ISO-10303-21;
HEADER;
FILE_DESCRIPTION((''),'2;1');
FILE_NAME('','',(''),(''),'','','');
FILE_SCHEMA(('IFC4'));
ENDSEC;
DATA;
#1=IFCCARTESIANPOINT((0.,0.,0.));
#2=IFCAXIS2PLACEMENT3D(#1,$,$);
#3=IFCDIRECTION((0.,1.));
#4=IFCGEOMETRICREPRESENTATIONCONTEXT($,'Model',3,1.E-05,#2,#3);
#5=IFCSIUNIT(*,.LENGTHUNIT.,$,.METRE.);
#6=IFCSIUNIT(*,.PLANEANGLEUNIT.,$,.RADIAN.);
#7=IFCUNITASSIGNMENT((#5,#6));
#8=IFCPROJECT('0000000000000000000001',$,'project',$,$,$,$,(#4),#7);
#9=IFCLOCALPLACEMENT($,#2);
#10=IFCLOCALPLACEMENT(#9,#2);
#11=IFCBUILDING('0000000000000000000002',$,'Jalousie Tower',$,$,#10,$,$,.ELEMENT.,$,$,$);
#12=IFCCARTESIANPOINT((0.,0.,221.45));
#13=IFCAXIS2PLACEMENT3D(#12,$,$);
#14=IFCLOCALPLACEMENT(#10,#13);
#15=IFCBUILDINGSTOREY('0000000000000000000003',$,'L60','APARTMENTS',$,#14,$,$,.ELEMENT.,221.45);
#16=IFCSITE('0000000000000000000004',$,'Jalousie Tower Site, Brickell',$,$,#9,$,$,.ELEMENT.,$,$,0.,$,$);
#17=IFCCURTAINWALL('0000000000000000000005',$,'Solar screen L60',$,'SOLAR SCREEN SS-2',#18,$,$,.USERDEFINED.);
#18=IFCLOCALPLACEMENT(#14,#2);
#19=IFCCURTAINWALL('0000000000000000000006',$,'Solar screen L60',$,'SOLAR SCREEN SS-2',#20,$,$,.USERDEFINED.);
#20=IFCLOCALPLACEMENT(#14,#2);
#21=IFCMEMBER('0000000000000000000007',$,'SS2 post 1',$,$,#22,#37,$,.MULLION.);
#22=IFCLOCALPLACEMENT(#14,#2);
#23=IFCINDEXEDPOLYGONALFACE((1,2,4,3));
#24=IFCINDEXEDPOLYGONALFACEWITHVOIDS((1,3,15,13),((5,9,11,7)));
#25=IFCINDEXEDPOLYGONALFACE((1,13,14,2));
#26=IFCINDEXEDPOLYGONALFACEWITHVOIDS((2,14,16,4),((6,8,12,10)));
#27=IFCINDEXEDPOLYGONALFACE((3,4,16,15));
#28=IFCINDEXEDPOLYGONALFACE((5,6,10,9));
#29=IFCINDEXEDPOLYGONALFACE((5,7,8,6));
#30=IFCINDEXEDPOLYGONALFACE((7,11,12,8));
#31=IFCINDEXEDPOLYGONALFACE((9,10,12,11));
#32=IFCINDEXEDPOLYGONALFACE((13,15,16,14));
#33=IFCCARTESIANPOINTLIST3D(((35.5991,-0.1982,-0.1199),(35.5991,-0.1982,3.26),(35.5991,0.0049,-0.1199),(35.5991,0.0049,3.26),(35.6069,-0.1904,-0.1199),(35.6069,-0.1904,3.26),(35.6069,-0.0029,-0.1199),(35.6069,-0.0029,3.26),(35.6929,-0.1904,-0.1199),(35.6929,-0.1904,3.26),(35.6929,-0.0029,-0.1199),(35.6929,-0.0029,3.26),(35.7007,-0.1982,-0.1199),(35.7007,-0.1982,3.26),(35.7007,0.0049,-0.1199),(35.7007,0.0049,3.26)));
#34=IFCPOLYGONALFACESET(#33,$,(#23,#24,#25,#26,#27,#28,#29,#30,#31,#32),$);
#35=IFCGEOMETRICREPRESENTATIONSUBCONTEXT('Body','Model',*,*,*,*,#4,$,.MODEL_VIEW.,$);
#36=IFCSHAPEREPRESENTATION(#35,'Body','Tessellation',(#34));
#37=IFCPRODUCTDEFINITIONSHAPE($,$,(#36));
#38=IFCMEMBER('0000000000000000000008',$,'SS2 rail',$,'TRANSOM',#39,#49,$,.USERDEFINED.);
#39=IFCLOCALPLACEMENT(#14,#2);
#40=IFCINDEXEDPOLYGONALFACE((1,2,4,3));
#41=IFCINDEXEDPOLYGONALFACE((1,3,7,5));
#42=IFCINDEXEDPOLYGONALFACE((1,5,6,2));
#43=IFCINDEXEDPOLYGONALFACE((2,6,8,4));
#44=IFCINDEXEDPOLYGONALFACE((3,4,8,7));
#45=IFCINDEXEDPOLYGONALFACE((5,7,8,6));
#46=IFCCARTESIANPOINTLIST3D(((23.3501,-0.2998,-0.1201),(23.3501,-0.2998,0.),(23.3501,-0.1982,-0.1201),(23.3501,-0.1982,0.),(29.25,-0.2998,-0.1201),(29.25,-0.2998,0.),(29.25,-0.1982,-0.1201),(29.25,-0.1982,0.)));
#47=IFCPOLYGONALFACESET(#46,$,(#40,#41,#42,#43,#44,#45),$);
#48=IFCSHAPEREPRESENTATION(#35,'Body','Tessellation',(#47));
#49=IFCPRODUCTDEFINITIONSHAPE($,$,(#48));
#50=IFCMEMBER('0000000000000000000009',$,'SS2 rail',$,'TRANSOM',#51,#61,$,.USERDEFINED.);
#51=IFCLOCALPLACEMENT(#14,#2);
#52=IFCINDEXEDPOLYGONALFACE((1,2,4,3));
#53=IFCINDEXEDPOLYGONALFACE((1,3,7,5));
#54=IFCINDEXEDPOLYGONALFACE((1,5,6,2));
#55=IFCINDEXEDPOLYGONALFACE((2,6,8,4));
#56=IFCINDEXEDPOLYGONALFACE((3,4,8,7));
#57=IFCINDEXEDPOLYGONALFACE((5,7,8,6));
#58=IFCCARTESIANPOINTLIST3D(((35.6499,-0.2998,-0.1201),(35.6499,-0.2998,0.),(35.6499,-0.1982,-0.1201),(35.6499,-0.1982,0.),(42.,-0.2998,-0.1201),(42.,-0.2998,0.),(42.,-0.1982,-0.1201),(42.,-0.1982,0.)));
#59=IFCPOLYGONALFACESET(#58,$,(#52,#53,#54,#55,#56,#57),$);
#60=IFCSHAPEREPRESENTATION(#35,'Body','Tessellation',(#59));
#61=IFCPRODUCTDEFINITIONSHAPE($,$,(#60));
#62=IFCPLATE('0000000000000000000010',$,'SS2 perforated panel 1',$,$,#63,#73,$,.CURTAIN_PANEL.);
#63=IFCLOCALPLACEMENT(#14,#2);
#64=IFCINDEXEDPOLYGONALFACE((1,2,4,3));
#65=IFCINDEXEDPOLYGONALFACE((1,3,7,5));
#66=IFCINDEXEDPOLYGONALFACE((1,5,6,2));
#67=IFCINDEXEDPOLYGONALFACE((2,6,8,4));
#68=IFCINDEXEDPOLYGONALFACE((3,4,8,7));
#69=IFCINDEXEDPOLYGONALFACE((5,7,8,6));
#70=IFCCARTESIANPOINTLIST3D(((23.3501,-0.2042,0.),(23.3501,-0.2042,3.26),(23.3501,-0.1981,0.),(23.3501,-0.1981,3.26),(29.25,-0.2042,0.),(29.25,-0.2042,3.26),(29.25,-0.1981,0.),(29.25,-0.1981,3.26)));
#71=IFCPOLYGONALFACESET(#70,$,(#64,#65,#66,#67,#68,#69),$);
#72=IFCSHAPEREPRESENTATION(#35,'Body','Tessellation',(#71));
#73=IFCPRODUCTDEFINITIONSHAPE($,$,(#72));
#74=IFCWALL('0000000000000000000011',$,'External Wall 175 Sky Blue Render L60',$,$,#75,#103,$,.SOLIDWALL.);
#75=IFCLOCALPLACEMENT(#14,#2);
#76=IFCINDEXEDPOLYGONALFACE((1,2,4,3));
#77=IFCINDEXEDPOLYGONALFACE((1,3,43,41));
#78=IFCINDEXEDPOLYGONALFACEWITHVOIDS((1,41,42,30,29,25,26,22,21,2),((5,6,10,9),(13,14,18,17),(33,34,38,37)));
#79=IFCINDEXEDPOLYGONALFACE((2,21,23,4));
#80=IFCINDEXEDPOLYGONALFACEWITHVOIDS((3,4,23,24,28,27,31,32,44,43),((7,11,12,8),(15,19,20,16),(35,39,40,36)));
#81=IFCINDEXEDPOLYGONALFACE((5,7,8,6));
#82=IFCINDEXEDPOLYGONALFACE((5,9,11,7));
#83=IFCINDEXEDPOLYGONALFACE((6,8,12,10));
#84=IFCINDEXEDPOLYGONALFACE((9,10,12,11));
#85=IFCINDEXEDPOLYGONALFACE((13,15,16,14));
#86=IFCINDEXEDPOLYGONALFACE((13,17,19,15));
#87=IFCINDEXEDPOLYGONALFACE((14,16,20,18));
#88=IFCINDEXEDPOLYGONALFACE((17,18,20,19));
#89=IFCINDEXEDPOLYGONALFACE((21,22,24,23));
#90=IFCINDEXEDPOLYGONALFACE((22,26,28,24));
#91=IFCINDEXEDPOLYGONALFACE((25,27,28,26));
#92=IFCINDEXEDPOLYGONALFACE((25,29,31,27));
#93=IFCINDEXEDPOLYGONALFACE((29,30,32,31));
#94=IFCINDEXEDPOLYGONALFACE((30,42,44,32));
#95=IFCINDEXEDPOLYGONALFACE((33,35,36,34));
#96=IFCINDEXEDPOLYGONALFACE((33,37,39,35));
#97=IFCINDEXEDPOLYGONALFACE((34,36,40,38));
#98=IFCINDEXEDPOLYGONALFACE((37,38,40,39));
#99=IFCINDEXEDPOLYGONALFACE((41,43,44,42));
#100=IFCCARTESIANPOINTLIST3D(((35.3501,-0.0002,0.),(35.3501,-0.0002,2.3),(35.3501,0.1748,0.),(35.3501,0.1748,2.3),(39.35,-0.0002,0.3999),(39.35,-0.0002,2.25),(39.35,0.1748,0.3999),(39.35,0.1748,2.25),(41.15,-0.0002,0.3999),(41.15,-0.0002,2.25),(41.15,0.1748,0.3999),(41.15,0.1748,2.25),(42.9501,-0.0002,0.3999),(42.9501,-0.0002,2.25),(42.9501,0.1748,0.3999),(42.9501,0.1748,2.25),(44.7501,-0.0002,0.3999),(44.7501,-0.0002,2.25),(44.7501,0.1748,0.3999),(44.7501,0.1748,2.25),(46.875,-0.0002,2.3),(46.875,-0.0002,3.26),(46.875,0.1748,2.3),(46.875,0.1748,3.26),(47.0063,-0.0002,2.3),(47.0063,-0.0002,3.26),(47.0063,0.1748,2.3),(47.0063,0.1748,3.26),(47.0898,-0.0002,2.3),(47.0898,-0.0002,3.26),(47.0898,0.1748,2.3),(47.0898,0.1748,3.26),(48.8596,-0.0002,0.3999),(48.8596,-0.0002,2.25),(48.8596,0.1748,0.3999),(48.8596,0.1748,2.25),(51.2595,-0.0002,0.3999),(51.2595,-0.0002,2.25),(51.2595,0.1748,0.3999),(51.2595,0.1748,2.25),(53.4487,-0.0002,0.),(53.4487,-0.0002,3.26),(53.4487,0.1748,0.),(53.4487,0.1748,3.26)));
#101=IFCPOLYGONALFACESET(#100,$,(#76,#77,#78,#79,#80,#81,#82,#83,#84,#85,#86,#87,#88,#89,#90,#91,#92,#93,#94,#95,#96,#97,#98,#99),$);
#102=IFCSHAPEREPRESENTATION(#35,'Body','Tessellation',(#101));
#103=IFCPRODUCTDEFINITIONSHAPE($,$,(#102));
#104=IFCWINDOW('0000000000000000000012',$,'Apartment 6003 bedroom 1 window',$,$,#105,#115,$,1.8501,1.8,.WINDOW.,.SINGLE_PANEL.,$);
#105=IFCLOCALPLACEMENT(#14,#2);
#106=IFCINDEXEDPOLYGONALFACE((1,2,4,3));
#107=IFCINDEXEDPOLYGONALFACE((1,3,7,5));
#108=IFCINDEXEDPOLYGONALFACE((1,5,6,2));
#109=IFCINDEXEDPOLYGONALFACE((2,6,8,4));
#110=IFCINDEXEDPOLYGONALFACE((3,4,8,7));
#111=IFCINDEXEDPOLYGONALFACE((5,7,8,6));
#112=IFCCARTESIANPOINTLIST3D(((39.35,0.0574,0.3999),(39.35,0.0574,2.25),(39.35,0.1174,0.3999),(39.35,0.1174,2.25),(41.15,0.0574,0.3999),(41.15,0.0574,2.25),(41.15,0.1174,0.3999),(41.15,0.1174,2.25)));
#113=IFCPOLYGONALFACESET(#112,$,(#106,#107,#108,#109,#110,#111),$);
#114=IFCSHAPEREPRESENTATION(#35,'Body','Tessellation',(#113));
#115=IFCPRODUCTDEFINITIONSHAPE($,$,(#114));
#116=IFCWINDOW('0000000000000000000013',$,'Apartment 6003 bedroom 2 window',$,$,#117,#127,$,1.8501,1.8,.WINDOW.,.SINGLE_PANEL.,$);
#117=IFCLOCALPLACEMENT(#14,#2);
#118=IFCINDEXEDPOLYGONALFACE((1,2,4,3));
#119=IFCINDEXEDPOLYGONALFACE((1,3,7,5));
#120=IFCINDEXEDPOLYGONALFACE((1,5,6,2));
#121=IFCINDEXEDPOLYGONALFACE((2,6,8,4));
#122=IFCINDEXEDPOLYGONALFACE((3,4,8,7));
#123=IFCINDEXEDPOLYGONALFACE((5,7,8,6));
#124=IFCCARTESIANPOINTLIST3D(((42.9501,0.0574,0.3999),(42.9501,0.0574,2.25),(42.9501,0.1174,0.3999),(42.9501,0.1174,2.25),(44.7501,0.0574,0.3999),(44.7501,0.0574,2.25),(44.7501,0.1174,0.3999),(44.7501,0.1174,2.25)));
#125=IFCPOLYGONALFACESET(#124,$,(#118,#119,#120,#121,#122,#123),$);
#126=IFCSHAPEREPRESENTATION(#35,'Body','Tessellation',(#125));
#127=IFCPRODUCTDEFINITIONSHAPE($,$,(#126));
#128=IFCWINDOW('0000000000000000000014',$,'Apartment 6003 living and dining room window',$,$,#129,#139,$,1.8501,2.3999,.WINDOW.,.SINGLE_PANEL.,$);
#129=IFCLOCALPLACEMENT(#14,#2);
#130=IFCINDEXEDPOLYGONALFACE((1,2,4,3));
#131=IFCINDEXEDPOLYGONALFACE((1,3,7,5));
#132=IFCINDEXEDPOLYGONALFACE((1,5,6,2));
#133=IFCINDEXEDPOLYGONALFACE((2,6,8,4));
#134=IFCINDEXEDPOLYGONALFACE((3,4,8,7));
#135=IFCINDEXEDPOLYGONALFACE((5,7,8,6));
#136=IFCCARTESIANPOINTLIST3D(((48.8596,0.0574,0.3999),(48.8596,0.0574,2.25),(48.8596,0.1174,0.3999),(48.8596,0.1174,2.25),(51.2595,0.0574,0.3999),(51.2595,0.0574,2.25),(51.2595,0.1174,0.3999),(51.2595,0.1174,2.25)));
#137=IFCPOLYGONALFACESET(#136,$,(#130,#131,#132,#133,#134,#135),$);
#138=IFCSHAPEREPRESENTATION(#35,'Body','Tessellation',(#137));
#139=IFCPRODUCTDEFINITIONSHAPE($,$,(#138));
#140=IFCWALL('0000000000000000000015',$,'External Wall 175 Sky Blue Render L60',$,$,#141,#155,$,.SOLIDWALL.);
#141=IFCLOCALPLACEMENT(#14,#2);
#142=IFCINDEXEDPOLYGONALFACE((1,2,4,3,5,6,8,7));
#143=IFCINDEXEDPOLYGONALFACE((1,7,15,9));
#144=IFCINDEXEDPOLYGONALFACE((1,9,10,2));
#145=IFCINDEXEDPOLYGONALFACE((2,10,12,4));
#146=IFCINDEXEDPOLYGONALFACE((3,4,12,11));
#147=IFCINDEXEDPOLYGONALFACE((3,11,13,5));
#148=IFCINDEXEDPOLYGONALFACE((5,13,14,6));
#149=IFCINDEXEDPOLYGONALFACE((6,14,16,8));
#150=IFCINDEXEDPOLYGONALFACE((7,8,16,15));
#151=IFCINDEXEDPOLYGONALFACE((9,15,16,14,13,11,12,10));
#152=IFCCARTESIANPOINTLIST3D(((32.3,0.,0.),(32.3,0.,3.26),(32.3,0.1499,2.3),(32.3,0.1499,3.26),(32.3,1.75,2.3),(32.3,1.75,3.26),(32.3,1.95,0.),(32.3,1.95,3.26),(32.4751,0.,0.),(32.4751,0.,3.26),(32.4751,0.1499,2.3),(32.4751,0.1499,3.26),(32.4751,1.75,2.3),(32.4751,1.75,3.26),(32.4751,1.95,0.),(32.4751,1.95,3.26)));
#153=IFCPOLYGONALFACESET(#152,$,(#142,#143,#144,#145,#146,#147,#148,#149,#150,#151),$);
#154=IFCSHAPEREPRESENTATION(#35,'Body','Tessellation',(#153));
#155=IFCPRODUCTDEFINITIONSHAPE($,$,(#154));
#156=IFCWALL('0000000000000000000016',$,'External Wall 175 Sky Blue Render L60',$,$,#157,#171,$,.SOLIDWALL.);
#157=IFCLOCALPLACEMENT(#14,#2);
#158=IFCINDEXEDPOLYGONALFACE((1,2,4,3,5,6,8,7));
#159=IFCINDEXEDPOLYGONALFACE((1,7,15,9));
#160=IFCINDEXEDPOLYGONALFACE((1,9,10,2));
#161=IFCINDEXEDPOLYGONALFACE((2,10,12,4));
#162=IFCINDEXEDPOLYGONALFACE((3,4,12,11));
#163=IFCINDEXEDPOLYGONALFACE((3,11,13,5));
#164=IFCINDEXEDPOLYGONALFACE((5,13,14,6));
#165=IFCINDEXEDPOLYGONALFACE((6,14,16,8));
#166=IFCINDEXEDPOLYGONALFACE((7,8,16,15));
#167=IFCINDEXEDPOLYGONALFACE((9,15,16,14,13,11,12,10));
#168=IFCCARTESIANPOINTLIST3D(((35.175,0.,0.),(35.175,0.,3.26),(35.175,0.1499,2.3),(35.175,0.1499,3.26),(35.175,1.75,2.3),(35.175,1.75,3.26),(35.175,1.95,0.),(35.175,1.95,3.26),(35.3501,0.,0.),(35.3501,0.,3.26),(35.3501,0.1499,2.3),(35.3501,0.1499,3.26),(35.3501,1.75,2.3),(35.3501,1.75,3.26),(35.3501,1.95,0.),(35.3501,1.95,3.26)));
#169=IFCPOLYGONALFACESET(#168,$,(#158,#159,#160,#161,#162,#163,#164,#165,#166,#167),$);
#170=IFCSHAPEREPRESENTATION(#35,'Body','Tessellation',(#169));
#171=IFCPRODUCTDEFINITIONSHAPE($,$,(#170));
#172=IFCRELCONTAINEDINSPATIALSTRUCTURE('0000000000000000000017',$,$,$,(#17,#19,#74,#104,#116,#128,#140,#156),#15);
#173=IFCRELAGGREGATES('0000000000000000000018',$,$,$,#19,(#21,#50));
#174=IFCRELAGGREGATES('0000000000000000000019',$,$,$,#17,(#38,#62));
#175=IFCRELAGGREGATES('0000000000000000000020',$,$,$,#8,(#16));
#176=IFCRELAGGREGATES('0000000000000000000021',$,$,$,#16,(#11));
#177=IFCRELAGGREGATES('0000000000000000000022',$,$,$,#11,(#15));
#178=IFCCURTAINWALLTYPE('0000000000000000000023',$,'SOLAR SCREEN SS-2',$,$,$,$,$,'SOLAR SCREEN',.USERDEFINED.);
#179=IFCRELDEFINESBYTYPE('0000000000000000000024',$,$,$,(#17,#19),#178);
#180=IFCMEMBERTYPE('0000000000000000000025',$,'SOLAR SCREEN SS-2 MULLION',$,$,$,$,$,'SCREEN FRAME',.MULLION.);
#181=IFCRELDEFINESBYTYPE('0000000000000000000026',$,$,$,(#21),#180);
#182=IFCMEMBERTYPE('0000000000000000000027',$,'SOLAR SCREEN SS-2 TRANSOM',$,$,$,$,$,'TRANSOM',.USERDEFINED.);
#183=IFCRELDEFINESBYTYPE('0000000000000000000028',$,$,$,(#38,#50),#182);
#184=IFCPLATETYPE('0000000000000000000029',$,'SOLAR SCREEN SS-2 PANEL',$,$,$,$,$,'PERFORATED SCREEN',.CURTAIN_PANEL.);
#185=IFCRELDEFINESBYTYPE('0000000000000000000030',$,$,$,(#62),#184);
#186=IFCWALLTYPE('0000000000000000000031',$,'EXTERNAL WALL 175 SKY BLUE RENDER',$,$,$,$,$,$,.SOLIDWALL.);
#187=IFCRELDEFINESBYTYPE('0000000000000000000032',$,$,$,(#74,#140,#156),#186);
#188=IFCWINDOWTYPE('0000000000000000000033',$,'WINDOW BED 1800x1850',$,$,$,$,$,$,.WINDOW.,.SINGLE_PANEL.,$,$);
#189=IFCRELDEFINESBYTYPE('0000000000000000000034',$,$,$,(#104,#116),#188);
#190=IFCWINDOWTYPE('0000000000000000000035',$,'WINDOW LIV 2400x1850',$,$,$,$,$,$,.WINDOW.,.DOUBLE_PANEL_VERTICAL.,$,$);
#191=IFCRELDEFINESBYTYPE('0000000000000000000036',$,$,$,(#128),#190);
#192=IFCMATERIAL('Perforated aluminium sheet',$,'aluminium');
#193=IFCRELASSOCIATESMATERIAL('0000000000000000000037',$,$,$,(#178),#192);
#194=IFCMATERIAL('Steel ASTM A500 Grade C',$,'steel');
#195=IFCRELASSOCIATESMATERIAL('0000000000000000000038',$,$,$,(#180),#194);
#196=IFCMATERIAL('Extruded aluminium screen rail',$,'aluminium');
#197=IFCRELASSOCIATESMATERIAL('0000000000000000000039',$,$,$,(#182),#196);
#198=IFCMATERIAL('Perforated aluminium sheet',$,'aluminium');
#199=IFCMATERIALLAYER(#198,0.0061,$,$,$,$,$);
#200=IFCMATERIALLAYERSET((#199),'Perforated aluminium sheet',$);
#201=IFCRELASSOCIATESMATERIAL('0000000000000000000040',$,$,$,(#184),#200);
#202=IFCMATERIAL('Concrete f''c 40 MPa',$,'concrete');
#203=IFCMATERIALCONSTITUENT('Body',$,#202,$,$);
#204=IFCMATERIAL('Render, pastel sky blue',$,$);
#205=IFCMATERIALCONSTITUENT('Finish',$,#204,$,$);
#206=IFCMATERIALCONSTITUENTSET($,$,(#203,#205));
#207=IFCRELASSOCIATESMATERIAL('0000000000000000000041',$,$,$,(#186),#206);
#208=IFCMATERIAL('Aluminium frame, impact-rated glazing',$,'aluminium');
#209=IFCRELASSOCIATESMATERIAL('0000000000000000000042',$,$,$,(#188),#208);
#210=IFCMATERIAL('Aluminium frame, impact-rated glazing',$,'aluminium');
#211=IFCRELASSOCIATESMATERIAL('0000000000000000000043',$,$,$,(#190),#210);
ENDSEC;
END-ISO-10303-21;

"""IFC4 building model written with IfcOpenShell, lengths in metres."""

from ifc_helpers import new_model, si_unit, direction, frame, frame_2d, origin, origin_2d, place, context, subcontext, project, spatial, polyline, rectangle, hollow_rectangle, outline, extrude, material, layer, layer_set, constituent, constituent_set, material_profile, profile_set, type_object, element, fill, aggregate, save


model = new_model("IFC4")

# Units and contexts
model_context = context("Model", 3, precision=1e-05, world=origin(), true_north=direction((0.0, 1.0)))
body_context = subcontext(model_context, "Body", "Model", "MODEL_VIEW")
ifc_project = project(units=[si_unit("LENGTHUNIT", "METRE"), si_unit("PLANEANGLEUNIT", "RADIAN")], contexts=[model_context])

# Site, building, storey
site_placement = place(None, origin())
site = spatial("IfcSite", under=ifc_project, at=site_placement, Name="Jalousie Tower Site, Brickell", CompositionType="ELEMENT", RefElevation=0.0)
building_placement = place(site_placement, origin())
building = spatial("IfcBuilding", under=site, at=building_placement, Name="Jalousie Tower", CompositionType="ELEMENT")
storey_placement = place(building_placement, frame((0.0, 0.0, 221.45)))
storey = spatial("IfcBuildingStorey", under=building, at=storey_placement, Name="L60", Description="APARTMENTS", CompositionType="ELEMENT", Elevation=221.45)

# Curtain wall
ifc_material_1 = material(Name="Perforated aluminium sheet", Category="aluminium")
curtain_wall_type = type_object("IfcCurtainWallType", Name="SOLAR SCREEN SS-2", ElementType="SOLAR SCREEN", PredefinedType="USERDEFINED", material=ifc_material_1)
curtain_wall_1_placement = place(storey_placement, origin())
curtain_wall_1 = element("IfcCurtainWall", 1, at=curtain_wall_1_placement, inside=storey, type_object=curtain_wall_type, Name="Solar screen L60", ObjectType="SOLAR SCREEN SS-2", PredefinedType="USERDEFINED")
ifc_material_2 = material(Name="Steel ASTM A500 Grade C", Category="steel")
ifc_material_profile_1 = material_profile(ifc_material_2, hollow_rectangle(XDim=0.1016, YDim=0.2031, WallThickness=0.0078, at=origin_2d()), Name="HSS8X4X5/16")
ifc_profile_set_1 = profile_set([ifc_material_profile_1], Name="Steel ASTM A500 Grade C")
member_type_1 = type_object("IfcMemberType", Name="SOLAR SCREEN SS-2 MULLION", ElementType="SCREEN FRAME", PredefinedType="MULLION", material=ifc_profile_set_1)

# Curtain wall, member
curtain_wall_2_placement = place(storey_placement, origin())
curtain_wall_2 = element("IfcCurtainWall", 2, at=curtain_wall_2_placement, inside=storey, type_object=curtain_wall_type, Name="Solar screen L60", ObjectType="SOLAR SCREEN SS-2", PredefinedType="USERDEFINED")
member_1_placement = place(storey_placement, frame((35.6499, -0.0967, -0.1199), z_axis=(0.0, 0.0, 1.0), x_axis=(1.0, 0.0, 0.0)))
member_1 = element("IfcMember", 3, at=member_1_placement, type_object=member_type_1, Name="SS2 post 1", PredefinedType="MULLION", context=body_context, shape_type="SweptSolid", body=[
    extrude(hollow_rectangle(XDim=0.1016, YDim=0.2031, WallThickness=0.0078, at=origin_2d()), origin(), (0.0, 0.0, 1.0), 3.3799),
])

# Members
ifc_material_3 = material(Name="Extruded aluminium screen rail", Category="aluminium")
ifc_material_profile_2 = material_profile(ifc_material_3, rectangle(XDim=0.1016, YDim=0.1201, at=origin_2d()), Name="RAIL 102x120")
ifc_profile_set_2 = profile_set([ifc_material_profile_2], Name="Extruded aluminium screen rail")
member_type_2 = type_object("IfcMemberType", Name="SOLAR SCREEN SS-2 TRANSOM", ElementType="TRANSOM", PredefinedType="USERDEFINED", material=ifc_profile_set_2)
member_2_placement = place(storey_placement, frame((23.3501, -0.249, -0.0601), z_axis=(1.0, 0.0, 0.0), x_axis=(0.0, 1.0, 0.0)))
member_2 = element("IfcMember", 4, at=member_2_placement, type_object=member_type_2, Name="SS2 rail", ObjectType="TRANSOM", PredefinedType="USERDEFINED", context=body_context, shape_type="SweptSolid", body=[
    extrude(rectangle(XDim=0.1016, YDim=0.1201, at=origin_2d()), origin(), (0.0, 0.0, 1.0), 5.8999),
])
member_3_placement = place(storey_placement, frame((35.6499, -0.249, -0.0601), z_axis=(1.0, 0.0, 0.0), x_axis=(0.0, 1.0, 0.0)))
member_3 = element("IfcMember", 5, at=member_3_placement, type_object=member_type_2, Name="SS2 rail", ObjectType="TRANSOM", PredefinedType="USERDEFINED", context=body_context, shape_type="SweptSolid", body=[
    extrude(rectangle(XDim=0.1016, YDim=0.1201, at=origin_2d()), origin(), (0.0, 0.0, 1.0), 6.3501),
])
aggregate(curtain_wall_2, [member_1, member_3])

# Plate
ifc_material_4 = material(Name="Perforated aluminium sheet", Category="aluminium")
ifc_layer_1 = layer(ifc_material_4, 0.0061)
ifc_layer_set_1 = layer_set([ifc_layer_1], Name="Perforated aluminium sheet")
plate_type = type_object("IfcPlateType", Name="SOLAR SCREEN SS-2 PANEL", ElementType="PERFORATED SCREEN", PredefinedType="CURTAIN_PANEL", material=ifc_layer_set_1)
plate_placement = place(storey_placement, frame((26.3, -0.2012, 0.0), z_axis=(0.0, 0.0, 1.0), x_axis=(1.0, 0.0, 0.0)))
plate = element("IfcPlate", 6, at=plate_placement, type_object=plate_type, Name="SS2 perforated panel 1", PredefinedType="CURTAIN_PANEL", context=body_context, shape_type="SweptSolid", body=[
    extrude(rectangle(XDim=5.8999, YDim=0.0061, at=origin_2d()), origin(), (0.0, 0.0, 1.0), 3.26),
])
aggregate(curtain_wall_1, [member_2, plate])

# Wall, openings, windows
ifc_material_5 = material(Name="Concrete f'c 40 MPa", Category="concrete")
ifc_constituent_1 = constituent(ifc_material_5, Name="Body")
ifc_material_6 = material(Name="Render, pastel sky blue")
ifc_constituent_2 = constituent(ifc_material_6, Name="Finish")
ifc_constituent_set_1 = constituent_set(constituents=[ifc_constituent_1, ifc_constituent_2])
wall_type_1 = type_object("IfcWallType", Name="EXTERNAL WALL 175 SKY BLUE RENDER", PredefinedType="SOLIDWALL", material=ifc_constituent_set_1)
wall_1_placement = place(storey_placement, frame((35.3501, 0.0874, 0.0), z_axis=(0.0, 0.0, 1.0), x_axis=(1.0, 0.0, 0.0)))
wall_1 = element("IfcWall", 7, at=wall_1_placement, inside=storey, type_object=wall_type_1, Name="External Wall 175 Sky Blue Render L60", PredefinedType="SOLIDWALL", context=body_context, shape_type="SweptSolid", body=[
    extrude(outline(polyline([(0.0, 0.0), (18.0986, 0.0), (18.0986, 3.26), (11.7397, 3.26), (11.7397, 2.3), (11.6562, 2.3), (11.6562, 3.26), (11.5249, 3.26), (11.5249, 2.3), (0.0, 2.3), (0.0, 0.0)])), frame((0.0, 0.0874, 0.0), z_axis=(0.0, -1.0, 0.0), x_axis=(1.0, 0.0, 0.0)), (0.0, 0.0, 1.0), 0.175),
])
opening_1_placement = place(wall_1_placement, frame((4.0, 0.0, 0.3999)))
opening_1 = element("IfcOpeningElement", 8, at=opening_1_placement, cuts=wall_1, PredefinedType="OPENING", context=body_context, shape_type="SweptSolid", body=[
    extrude(rectangle(XDim=1.8, YDim=1.8501, at=frame_2d((0.8999, 0.925))), frame((0.0, 0.0974, 0.0), z_axis=(0.0, -1.0, 0.0), x_axis=(1.0, 0.0, 0.0)), (0.0, 0.0, 1.0), 0.1951),
])
opening_2_placement = place(wall_1_placement, frame((7.6001, 0.0, 0.3999)))
opening_2 = element("IfcOpeningElement", 9, at=opening_2_placement, cuts=wall_1, PredefinedType="OPENING", context=body_context, shape_type="SweptSolid", body=[
    extrude(rectangle(XDim=1.8, YDim=1.8501, at=frame_2d((0.8999, 0.925))), frame((0.0, 0.0974, 0.0), z_axis=(0.0, -1.0, 0.0), x_axis=(1.0, 0.0, 0.0)), (0.0, 0.0, 1.0), 0.1951),
])
opening_3_placement = place(wall_1_placement, frame((13.5095, 0.0, 0.3999)))
opening_3 = element("IfcOpeningElement", 10, at=opening_3_placement, cuts=wall_1, PredefinedType="OPENING", context=body_context, shape_type="SweptSolid", body=[
    extrude(rectangle(XDim=2.3999, YDim=1.8501, at=frame_2d((1.2, 0.925))), frame((0.0, 0.0974, 0.0), z_axis=(0.0, -1.0, 0.0), x_axis=(1.0, 0.0, 0.0)), (0.0, 0.0, 1.0), 0.1951),
])
ifc_material_7 = material(Name="Aluminium frame, impact-rated glazing", Category="aluminium")
window_type_1 = type_object("IfcWindowType", Name="WINDOW BED 1800x1850", PartitioningType="SINGLE_PANEL", PredefinedType="WINDOW", material=ifc_material_7)
window_1_placement = place(opening_1_placement, origin())
window_1 = element("IfcWindow", 11, at=window_1_placement, inside=storey, type_object=window_type_1, Name="Apartment 6003 bedroom 1 window", OverallHeight=1.8501, OverallWidth=1.8, PartitioningType="SINGLE_PANEL", PredefinedType="WINDOW", context=body_context, shape_type="SweptSolid", body=[
    extrude(rectangle(XDim=1.8, YDim=1.8501, at=frame_2d((0.8999, 0.925))), frame((0.0, 0.03, 0.0), z_axis=(0.0, -1.0, 0.0), x_axis=(1.0, 0.0, 0.0)), (0.0, 0.0, 1.0), 0.0601),
])
fill(opening_1, window_1)
window_2_placement = place(opening_2_placement, origin())
window_2 = element("IfcWindow", 12, at=window_2_placement, inside=storey, type_object=window_type_1, Name="Apartment 6003 bedroom 2 window", OverallHeight=1.8501, OverallWidth=1.8, PartitioningType="SINGLE_PANEL", PredefinedType="WINDOW", context=body_context, shape_type="SweptSolid", body=[
    extrude(rectangle(XDim=1.8, YDim=1.8501, at=frame_2d((0.8999, 0.925))), frame((0.0, 0.03, 0.0), z_axis=(0.0, -1.0, 0.0), x_axis=(1.0, 0.0, 0.0)), (0.0, 0.0, 1.0), 0.0601),
])
fill(opening_2, window_2)
ifc_material_8 = material(Name="Aluminium frame, impact-rated glazing", Category="aluminium")
window_type_2 = type_object("IfcWindowType", Name="WINDOW LIV 2400x1850", PartitioningType="DOUBLE_PANEL_VERTICAL", PredefinedType="WINDOW", material=ifc_material_8)
window_3_placement = place(opening_3_placement, origin())
window_3 = element("IfcWindow", 13, at=window_3_placement, inside=storey, type_object=window_type_2, Name="Apartment 6003 living and dining room window", OverallHeight=1.8501, OverallWidth=2.3999, PartitioningType="SINGLE_PANEL", PredefinedType="WINDOW", context=body_context, shape_type="SweptSolid", body=[
    extrude(rectangle(XDim=2.3999, YDim=1.8501, at=frame_2d((1.2, 0.925))), frame((0.0, 0.03, 0.0), z_axis=(0.0, -1.0, 0.0), x_axis=(1.0, 0.0, 0.0)), (0.0, 0.0, 1.0), 0.0601),
])
fill(opening_3, window_3)

# Walls
for number, where, z_axis, x_axis, name in (
    (14, (32.3875, 0.0, 0.0), (0.0, 0.0, 1.0), (0.0, 1.0, 0.0), "External Wall 175 Sky Blue Render L60"),
    (15, (35.2625, 0.0, 0.0), (0.0, 0.0, 1.0), (0.0, 1.0, 0.0), "External Wall 175 Sky Blue Render L60"),
):
    element("IfcWall", number, at=place(storey_placement, frame(where, z_axis=z_axis, x_axis=x_axis)), inside=storey, type_object=wall_type_1, Name=name, PredefinedType="SOLIDWALL", context=body_context, shape_type="SweptSolid", body=[
        extrude(outline(polyline([(0.0, 0.0), (1.95, 0.0), (1.95, 3.26), (1.75, 3.26), (1.75, 2.3), (0.1499, 2.3), (0.1499, 3.26), (0.0, 3.26), (0.0, 0.0)])), frame((0.0, 0.0874, 0.0), z_axis=(0.0, -1.0, 0.0), x_axis=(1.0, 0.0, 0.0)), (0.0, 0.0, 1.0), 0.175),
    ])

save(model, "model.ifc")
